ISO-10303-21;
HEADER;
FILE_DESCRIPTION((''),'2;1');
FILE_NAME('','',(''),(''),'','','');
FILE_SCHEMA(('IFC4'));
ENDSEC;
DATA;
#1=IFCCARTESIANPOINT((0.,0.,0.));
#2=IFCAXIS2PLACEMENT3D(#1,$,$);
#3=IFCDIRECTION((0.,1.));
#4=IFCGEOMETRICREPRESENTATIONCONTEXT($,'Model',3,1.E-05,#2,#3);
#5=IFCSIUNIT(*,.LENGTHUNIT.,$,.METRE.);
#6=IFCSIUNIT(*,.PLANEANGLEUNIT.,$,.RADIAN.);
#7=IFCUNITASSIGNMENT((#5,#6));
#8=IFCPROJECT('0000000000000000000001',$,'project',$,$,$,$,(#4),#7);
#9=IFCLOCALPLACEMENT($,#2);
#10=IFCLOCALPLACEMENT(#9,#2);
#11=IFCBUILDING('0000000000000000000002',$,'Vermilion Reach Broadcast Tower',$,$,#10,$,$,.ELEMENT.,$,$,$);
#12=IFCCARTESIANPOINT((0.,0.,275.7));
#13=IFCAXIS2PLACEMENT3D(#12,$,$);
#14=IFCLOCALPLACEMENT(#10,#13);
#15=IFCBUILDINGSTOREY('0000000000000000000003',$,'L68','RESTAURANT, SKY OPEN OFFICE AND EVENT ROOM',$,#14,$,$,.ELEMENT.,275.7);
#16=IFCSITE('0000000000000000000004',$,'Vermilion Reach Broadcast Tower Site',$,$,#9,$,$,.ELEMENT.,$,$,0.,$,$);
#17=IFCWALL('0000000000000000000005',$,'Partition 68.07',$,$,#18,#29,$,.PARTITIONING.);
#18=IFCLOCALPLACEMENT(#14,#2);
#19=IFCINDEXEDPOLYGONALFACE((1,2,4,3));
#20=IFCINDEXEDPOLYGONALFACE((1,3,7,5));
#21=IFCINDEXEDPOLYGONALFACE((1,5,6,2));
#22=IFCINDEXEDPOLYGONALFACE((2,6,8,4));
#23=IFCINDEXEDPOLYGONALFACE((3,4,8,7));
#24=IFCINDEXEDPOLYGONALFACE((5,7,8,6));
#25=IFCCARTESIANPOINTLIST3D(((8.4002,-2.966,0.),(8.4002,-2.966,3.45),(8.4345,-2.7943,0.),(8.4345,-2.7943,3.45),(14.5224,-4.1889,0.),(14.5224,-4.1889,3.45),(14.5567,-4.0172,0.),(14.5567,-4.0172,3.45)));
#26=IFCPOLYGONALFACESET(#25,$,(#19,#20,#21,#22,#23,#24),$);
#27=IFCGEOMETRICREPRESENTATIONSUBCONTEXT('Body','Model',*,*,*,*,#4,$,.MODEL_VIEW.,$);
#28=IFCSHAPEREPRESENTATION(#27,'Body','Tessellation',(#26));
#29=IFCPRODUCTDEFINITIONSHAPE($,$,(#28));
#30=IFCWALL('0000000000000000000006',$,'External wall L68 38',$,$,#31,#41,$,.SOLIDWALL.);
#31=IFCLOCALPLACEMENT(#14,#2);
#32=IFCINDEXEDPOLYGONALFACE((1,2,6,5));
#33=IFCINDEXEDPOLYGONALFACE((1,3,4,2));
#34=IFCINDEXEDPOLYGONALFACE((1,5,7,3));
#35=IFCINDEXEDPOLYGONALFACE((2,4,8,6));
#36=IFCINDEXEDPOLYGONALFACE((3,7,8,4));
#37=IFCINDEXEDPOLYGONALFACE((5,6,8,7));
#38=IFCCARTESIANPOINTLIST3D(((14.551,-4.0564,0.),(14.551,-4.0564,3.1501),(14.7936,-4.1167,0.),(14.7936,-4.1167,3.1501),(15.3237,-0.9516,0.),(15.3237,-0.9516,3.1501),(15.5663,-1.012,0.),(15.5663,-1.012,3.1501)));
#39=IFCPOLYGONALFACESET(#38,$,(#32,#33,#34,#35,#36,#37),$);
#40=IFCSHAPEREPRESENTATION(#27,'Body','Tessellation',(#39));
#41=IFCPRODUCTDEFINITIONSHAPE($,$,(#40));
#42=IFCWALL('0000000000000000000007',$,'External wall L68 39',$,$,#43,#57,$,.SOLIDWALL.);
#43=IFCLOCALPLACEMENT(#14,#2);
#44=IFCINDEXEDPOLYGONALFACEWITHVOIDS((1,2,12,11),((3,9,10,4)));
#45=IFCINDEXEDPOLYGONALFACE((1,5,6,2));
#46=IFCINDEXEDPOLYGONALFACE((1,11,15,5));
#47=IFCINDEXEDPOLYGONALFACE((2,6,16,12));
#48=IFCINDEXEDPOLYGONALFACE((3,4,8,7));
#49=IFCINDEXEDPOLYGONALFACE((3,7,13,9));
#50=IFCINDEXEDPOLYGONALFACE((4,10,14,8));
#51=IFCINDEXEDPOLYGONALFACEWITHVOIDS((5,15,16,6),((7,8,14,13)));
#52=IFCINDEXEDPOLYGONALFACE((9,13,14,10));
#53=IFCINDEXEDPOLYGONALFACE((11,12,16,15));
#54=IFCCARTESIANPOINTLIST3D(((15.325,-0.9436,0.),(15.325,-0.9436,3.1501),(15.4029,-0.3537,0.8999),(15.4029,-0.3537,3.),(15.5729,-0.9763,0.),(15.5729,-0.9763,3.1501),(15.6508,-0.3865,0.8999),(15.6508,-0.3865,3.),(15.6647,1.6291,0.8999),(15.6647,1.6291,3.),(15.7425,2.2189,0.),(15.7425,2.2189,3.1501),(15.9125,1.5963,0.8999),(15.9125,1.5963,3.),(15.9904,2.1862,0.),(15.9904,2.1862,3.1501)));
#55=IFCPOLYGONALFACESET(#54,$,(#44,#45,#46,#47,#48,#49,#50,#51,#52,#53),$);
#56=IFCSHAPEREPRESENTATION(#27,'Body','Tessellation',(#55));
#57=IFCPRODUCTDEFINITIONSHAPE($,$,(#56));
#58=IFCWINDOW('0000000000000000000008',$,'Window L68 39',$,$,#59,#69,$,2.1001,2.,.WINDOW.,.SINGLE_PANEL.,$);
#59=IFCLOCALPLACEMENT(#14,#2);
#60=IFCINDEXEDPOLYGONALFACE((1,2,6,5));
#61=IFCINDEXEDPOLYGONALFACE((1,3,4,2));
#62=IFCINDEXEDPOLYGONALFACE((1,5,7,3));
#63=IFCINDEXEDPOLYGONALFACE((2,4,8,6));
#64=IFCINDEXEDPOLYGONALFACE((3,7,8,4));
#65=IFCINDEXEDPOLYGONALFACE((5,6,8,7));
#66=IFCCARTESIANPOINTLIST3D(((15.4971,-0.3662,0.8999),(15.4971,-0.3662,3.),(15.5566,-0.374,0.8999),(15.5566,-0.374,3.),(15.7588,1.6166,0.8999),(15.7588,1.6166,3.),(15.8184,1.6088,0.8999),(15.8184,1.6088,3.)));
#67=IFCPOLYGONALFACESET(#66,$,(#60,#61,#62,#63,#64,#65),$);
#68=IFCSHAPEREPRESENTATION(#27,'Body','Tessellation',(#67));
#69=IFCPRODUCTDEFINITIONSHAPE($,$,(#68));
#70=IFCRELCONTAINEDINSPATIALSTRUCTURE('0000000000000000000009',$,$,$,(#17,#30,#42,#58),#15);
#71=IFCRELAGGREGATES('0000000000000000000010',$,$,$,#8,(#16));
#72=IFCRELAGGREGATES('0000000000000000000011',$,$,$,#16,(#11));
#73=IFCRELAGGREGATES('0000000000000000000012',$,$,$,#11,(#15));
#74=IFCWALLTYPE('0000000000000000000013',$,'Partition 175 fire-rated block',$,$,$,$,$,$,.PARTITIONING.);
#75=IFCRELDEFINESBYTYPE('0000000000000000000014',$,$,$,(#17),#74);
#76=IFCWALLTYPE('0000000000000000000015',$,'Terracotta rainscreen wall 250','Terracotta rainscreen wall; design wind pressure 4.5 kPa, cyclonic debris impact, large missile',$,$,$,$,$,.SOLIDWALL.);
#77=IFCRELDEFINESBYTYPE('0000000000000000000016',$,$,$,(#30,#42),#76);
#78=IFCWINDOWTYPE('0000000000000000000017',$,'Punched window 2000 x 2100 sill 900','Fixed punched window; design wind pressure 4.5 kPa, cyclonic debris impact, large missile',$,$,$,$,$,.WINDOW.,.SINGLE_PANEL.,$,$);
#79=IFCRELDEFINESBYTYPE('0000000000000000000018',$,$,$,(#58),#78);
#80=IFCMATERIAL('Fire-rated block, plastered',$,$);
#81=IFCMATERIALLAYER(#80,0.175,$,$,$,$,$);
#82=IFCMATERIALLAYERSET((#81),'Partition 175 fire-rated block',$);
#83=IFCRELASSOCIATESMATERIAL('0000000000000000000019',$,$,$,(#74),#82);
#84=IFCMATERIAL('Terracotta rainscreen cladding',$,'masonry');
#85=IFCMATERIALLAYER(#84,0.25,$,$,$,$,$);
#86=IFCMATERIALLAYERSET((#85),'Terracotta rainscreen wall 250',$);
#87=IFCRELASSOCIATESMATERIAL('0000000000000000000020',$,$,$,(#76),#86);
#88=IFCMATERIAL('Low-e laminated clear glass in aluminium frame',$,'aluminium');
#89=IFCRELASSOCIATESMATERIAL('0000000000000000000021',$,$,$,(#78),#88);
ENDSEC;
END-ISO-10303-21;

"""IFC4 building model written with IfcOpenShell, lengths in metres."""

from ifc_helpers import new_model, si_unit, direction, frame, frame_2d, origin, place, context, subcontext, project, spatial, rectangle, extrude, material, layer, layer_set, type_object, element, fill, save


model = new_model("IFC4")

# Units and contexts
model_context = context("Model", 3, precision=1e-05, world=origin(), true_north=direction((0.0, 1.0)))
body_context = subcontext(model_context, "Body", "Model", "MODEL_VIEW")
ifc_project = project(units=[si_unit("LENGTHUNIT", "METRE"), si_unit("PLANEANGLEUNIT", "RADIAN")], contexts=[model_context])

# Site, building, storey
site_placement = place(None, origin())
site = spatial("IfcSite", under=ifc_project, at=site_placement, Name="Vermilion Reach Broadcast Tower Site", CompositionType="ELEMENT", RefElevation=0.0)
building_placement = place(site_placement, origin())
building = spatial("IfcBuilding", under=site, at=building_placement, Name="Vermilion Reach Broadcast Tower", CompositionType="ELEMENT")
storey_placement = place(building_placement, frame((0.0, 0.0, 275.7)))
storey = spatial("IfcBuildingStorey", under=building, at=storey_placement, Name="L68", Description="RESTAURANT, SKY OPEN OFFICE AND EVENT ROOM", CompositionType="ELEMENT", Elevation=275.7)

# Walls
ifc_material_1 = material(Name="Fire-rated block, plastered")
ifc_layer_1 = layer(ifc_material_1, 0.175)
ifc_layer_set_1 = layer_set([ifc_layer_1], Name="Partition 175 fire-rated block")
wall_type_1 = type_object("IfcWallType", Name="Partition 175 fire-rated block", PredefinedType="PARTITIONING", material=ifc_layer_set_1)
wall_1_placement = place(storey_placement, frame((14.5396, -4.103, 0.0), z_axis=(0.0, 0.0, 1.0), x_axis=(-0.980629, 0.195875, 0.0)))
element("IfcWall", 1, at=wall_1_placement, inside=storey, type_object=wall_type_1, Name="Partition 68.07", PredefinedType="PARTITIONING", context=body_context, shape_type="SweptSolid", body=[
    extrude(rectangle(XDim=6.2432, YDim=0.175, at=frame_2d((3.1216, 0.0))), origin(), (0.0, 0.0, 1.0), 3.45),
])
ifc_material_2 = material(Name="Terracotta rainscreen cladding", Category="masonry")
ifc_layer_2 = layer(ifc_material_2, 0.25)
ifc_layer_set_2 = layer_set([ifc_layer_2], Name="Terracotta rainscreen wall 250")
wall_type_2 = type_object("IfcWallType", Name="Terracotta rainscreen wall 250", Description="Terracotta rainscreen wall; design wind pressure 4.5 kPa, cyclonic debris impact, large missile", PredefinedType="SOLIDWALL", material=ifc_layer_set_2)
wall_2_placement = place(storey_placement, frame((14.6724, -4.0864, 0.0), z_axis=(0.0, 0.0, 1.0), x_axis=(0.241512, 0.970398, 0.0)))
element("IfcWall", 2, at=wall_2_placement, inside=storey, type_object=wall_type_2, Name="External wall L68 38", PredefinedType="SOLIDWALL", context=body_context, shape_type="SweptSolid", body=[
    extrude(rectangle(XDim=3.1995, YDim=0.25, at=frame_2d((1.5996, 0.0))), origin(), (0.0, 0.0, 1.0), 3.1501),
])

# Wall, opening, window
wall_3_placement = place(storey_placement, frame((15.449, -0.96, 0.0), z_axis=(0.0, 0.0, 1.0), x_axis=(0.13087, 0.9914, 0.0)))
wall_3 = element("IfcWall", 3, at=wall_3_placement, inside=storey, type_object=wall_type_2, Name="External wall L68 39", PredefinedType="SOLIDWALL", context=body_context, shape_type="SweptSolid", body=[
    extrude(rectangle(XDim=3.1899, YDim=0.25, at=frame_2d((1.595, 0.0))), origin(), (0.0, 0.0, 1.0), 3.1501),
])
opening_1_placement = place(wall_3_placement, frame((0.595, 0.0, 0.8999)))
opening_1 = element("IfcOpeningElement", 4, at=opening_1_placement, cuts=wall_3, PredefinedType="OPENING", context=body_context, shape_type="SweptSolid", body=[
    extrude(rectangle(XDim=2.0, YDim=2.1001, at=frame_2d((1.0, 1.05))), frame((0.0, 0.135, 0.0), z_axis=(0.0, -1.0, 0.0), x_axis=(1.0, 0.0, 0.0)), (0.0, 0.0, 1.0), 0.27),
])
ifc_material_3 = material(Name="Low-e laminated clear glass in aluminium frame", Category="aluminium")
window_type = type_object("IfcWindowType", Name="Punched window 2000 x 2100 sill 900", Description="Fixed punched window; design wind pressure 4.5 kPa, cyclonic debris impact, large missile", PartitioningType="SINGLE_PANEL", PredefinedType="WINDOW", material=ifc_material_3)
window_placement = place(opening_1_placement, origin())
window = element("IfcWindow", 5, at=window_placement, inside=storey, type_object=window_type, Name="Window L68 39", OverallHeight=2.1001, OverallWidth=2.0, PartitioningType="SINGLE_PANEL", PredefinedType="WINDOW", context=body_context, shape_type="SweptSolid", body=[
    extrude(rectangle(XDim=2.0, YDim=2.1001, at=frame_2d((1.0, 1.05))), frame((0.0, 0.03, 0.0), z_axis=(0.0, -1.0, 0.0), x_axis=(1.0, 0.0, 0.0)), (0.0, 0.0, 1.0), 0.0601),
])
fill(opening_1, window)

save(model, "model.ifc")
